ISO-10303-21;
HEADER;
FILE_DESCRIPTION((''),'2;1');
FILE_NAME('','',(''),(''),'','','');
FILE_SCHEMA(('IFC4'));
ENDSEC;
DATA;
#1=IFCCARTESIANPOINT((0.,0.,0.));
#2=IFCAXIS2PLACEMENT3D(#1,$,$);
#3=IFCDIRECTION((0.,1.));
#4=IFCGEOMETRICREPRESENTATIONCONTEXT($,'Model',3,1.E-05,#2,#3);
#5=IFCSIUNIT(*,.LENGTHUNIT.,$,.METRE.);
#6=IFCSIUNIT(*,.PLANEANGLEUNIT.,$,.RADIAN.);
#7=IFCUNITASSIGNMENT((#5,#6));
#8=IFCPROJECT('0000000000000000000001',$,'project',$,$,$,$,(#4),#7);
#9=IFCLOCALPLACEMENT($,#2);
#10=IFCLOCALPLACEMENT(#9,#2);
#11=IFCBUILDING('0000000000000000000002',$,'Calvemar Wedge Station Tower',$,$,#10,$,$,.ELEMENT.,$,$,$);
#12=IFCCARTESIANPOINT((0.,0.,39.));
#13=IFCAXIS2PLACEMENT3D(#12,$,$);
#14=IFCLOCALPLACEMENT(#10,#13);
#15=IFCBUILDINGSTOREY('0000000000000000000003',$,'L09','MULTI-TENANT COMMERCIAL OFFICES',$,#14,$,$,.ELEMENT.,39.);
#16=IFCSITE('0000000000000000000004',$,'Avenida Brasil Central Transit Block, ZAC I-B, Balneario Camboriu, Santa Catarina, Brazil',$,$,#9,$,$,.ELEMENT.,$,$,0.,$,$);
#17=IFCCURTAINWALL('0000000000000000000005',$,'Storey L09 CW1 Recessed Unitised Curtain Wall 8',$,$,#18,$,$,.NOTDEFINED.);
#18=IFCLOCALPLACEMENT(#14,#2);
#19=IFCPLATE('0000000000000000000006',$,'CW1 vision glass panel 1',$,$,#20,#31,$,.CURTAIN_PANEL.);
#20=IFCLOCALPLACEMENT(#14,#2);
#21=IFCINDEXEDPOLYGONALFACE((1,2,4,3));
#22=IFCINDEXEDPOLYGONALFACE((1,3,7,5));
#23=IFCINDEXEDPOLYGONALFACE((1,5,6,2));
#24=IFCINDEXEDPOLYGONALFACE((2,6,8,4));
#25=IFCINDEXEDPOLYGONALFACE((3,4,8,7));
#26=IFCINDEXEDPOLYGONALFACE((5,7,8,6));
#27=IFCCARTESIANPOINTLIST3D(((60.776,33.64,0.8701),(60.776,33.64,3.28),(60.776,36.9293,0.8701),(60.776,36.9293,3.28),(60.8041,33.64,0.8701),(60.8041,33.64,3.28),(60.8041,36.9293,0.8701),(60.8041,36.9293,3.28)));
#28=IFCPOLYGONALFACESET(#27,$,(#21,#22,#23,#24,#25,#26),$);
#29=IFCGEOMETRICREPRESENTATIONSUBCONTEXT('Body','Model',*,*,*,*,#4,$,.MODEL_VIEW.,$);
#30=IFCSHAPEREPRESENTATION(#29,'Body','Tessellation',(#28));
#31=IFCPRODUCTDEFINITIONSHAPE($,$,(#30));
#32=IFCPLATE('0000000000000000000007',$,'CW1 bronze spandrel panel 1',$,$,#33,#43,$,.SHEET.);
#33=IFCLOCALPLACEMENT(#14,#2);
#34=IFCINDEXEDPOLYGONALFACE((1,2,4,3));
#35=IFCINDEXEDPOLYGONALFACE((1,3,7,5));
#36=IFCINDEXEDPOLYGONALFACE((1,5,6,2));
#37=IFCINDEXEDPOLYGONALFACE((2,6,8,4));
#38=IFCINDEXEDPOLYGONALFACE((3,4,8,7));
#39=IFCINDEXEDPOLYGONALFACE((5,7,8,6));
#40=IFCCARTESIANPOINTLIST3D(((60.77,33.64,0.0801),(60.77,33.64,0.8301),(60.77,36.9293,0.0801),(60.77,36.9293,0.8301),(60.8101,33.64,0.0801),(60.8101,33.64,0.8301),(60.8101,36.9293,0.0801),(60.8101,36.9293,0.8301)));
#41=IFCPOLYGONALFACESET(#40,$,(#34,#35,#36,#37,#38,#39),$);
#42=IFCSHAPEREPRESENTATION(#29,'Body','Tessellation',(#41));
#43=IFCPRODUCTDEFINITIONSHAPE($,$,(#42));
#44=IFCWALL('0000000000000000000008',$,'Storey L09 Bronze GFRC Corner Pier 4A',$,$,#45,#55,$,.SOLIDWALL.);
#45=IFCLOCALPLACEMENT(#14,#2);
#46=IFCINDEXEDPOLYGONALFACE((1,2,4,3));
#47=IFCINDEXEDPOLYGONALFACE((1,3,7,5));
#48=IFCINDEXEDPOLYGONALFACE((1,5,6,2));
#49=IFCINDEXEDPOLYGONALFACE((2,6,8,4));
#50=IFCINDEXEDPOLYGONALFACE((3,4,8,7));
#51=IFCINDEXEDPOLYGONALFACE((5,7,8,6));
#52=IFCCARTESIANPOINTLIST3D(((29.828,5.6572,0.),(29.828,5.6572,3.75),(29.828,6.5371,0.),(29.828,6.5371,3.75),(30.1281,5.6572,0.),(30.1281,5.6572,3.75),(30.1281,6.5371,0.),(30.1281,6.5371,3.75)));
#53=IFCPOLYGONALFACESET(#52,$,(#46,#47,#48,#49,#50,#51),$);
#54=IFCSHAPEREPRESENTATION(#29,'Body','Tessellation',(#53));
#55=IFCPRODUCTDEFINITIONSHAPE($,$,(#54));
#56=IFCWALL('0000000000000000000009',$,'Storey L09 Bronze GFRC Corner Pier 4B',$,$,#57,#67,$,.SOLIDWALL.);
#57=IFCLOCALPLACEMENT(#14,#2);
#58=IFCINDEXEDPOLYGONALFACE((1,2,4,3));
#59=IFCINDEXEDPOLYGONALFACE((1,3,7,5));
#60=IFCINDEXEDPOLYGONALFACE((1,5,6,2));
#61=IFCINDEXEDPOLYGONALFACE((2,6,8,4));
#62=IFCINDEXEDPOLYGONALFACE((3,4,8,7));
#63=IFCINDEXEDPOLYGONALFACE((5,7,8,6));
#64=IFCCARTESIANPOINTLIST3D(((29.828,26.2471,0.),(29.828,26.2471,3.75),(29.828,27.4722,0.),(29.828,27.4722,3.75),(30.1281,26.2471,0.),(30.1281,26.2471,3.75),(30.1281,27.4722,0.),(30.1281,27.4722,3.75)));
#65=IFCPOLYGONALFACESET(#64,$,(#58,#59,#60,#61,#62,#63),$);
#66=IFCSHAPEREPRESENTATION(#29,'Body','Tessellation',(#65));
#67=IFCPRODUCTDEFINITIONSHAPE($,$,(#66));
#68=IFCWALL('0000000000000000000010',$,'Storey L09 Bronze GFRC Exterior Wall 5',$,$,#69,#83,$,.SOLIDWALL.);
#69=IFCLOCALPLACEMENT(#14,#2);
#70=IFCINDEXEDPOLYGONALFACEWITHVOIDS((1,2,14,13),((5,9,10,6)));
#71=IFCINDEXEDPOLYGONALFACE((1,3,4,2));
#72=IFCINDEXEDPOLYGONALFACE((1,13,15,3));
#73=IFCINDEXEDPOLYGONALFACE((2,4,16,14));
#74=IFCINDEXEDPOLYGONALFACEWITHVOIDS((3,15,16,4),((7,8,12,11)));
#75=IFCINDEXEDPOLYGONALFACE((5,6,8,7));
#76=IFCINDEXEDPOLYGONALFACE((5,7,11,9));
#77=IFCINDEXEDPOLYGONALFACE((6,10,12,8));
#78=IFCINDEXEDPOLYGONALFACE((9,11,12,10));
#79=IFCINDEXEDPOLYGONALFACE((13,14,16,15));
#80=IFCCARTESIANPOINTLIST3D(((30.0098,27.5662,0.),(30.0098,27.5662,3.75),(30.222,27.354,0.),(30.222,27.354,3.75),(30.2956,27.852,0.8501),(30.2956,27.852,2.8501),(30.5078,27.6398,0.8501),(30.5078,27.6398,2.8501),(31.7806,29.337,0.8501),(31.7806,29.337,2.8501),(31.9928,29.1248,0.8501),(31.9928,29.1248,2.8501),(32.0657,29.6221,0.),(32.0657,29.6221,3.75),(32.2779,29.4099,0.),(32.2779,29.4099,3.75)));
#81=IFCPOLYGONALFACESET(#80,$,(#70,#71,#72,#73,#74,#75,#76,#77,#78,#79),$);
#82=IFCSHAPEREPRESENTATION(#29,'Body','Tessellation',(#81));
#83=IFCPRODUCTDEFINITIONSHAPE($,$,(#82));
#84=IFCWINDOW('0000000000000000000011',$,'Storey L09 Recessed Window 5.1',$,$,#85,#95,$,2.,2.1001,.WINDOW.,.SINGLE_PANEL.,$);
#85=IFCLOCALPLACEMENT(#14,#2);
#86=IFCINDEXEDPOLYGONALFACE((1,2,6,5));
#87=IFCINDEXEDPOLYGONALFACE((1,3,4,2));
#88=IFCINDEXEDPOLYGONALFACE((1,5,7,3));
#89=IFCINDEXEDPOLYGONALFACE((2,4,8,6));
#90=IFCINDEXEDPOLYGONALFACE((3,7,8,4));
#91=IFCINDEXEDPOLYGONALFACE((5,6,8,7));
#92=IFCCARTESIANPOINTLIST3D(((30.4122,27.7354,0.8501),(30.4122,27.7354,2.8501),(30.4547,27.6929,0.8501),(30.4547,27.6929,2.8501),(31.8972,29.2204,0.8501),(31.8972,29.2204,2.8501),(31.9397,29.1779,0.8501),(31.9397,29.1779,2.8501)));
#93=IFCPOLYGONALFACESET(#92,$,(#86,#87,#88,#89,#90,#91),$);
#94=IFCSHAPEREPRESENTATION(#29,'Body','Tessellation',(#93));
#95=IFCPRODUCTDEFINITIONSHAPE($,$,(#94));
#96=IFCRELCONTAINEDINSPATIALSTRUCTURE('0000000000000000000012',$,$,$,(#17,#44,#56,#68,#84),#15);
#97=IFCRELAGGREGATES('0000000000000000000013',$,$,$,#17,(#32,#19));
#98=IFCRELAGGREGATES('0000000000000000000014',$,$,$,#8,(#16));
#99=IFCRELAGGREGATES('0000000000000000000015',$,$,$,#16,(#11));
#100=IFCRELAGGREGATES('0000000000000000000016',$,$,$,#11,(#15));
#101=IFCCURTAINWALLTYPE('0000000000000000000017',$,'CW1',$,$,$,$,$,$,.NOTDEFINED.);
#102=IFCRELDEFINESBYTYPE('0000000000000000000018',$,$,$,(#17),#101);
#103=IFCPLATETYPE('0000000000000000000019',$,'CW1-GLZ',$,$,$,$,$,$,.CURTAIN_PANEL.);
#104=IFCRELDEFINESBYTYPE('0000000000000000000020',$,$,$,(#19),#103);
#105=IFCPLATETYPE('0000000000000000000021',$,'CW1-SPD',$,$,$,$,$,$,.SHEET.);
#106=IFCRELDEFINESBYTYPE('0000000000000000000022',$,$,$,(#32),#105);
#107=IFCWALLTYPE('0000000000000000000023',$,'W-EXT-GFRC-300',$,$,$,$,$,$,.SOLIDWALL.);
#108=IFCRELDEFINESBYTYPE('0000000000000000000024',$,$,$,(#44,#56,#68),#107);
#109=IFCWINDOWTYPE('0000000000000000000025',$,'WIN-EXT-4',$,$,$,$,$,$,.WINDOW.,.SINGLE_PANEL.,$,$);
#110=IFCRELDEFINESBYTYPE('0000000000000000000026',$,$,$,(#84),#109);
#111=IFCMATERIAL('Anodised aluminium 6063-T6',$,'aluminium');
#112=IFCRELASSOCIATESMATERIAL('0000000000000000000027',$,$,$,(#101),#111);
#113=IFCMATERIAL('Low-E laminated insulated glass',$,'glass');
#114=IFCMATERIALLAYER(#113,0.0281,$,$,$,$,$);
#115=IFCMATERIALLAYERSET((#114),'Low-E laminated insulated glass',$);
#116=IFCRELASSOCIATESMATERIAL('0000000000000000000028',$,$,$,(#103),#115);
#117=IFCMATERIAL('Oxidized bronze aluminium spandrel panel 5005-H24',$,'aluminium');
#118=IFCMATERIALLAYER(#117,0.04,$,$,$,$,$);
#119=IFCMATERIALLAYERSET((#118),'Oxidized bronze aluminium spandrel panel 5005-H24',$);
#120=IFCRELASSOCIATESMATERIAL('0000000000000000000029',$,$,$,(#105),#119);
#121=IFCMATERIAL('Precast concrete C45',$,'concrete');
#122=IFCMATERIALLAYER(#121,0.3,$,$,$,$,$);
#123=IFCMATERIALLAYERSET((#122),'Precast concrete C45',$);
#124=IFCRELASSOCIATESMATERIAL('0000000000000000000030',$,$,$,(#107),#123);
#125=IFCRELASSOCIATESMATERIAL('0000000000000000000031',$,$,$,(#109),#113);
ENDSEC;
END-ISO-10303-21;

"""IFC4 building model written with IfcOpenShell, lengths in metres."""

from ifc_helpers import new_model, si_unit, direction, frame, frame_2d, origin, place, context, subcontext, project, spatial, rectangle, extrude, source, transform, mapped, material, layer, layer_set, type_object, element, fill, aggregate, save


model = new_model("IFC4")

# Units and contexts
model_context = context("Model", 3, precision=1e-05, world=origin(), true_north=direction((0.0, 1.0)))
body_context = subcontext(model_context, "Body", "Model", "MODEL_VIEW")
ifc_project = project(units=[si_unit("LENGTHUNIT", "METRE"), si_unit("PLANEANGLEUNIT", "RADIAN")], contexts=[model_context])

# Site, building, storey
site_placement = place(None, origin())
site = spatial("IfcSite", under=ifc_project, at=site_placement, Name="Avenida Brasil Central Transit Block, ZAC I-B, Balneario Camboriu, Santa Catarina, Brazil", CompositionType="ELEMENT", RefElevation=0.0)
building_placement = place(site_placement, origin())
building = spatial("IfcBuilding", under=site, at=building_placement, Name="Calvemar Wedge Station Tower", CompositionType="ELEMENT")
storey_placement = place(building_placement, frame((0.0, 0.0, 39.0)))
storey = spatial("IfcBuildingStorey", under=building, at=storey_placement, Name="L09", Description="MULTI-TENANT COMMERCIAL OFFICES", CompositionType="ELEMENT", Elevation=39.0)

# Shared definitions
ifc_material_1 = material(Name="Anodised aluminium 6063-T6", Category="aluminium")
curtain_wall_type = type_object("IfcCurtainWallType", Name="CW1", PredefinedType="NOTDEFINED", material=ifc_material_1)

# Curtain wall, plates
curtain_wall_1_placement = place(storey_placement, origin())
curtain_wall_1 = element("IfcCurtainWall", 1, at=curtain_wall_1_placement, inside=storey, type_object=curtain_wall_type, Name="Storey L09 CW1 Recessed Unitised Curtain Wall 8", PredefinedType="NOTDEFINED")
ifc_material_2 = material(Name="Low-E laminated insulated glass", Category="glass")
ifc_layer_1 = layer(ifc_material_2, 0.0281)
ifc_layer_set_1 = layer_set([ifc_layer_1], Name="Low-E laminated insulated glass")
plate_type_1 = type_object("IfcPlateType", Name="CW1-GLZ", PredefinedType="CURTAIN_PANEL", material=ifc_layer_set_1)
plate_1_placement = place(storey_placement, frame((60.79, 33.6401, 0.8701), z_axis=(0.0, 0.0, 1.0), x_axis=(0.0, 1.0, 0.0)))
plate_1 = element("IfcPlate", 2, at=plate_1_placement, type_object=plate_type_1, Name="CW1 vision glass panel 1", PredefinedType="CURTAIN_PANEL", context=body_context, shape_type="SweptSolid", body=[
    extrude(rectangle(XDim=3.2893, YDim=0.0281, at=frame_2d((1.6445, 0.0))), origin(), (0.0, 0.0, 1.0), 2.4099),
])
ifc_material_3 = material(Name="Oxidized bronze aluminium spandrel panel 5005-H24", Category="aluminium")
ifc_layer_2 = layer(ifc_material_3, 0.04)
ifc_layer_set_2 = layer_set([ifc_layer_2], Name="Oxidized bronze aluminium spandrel panel 5005-H24")
plate_type_2 = type_object("IfcPlateType", Name="CW1-SPD", PredefinedType="SHEET", material=ifc_layer_set_2)
plate_2_placement = place(storey_placement, frame((60.79, 33.6401, 0.0801), z_axis=(0.0, 0.0, 1.0), x_axis=(0.0, 1.0, 0.0)))
plate_2 = element("IfcPlate", 3, at=plate_2_placement, type_object=plate_type_2, Name="CW1 bronze spandrel panel 1", PredefinedType="SHEET", context=body_context, shape_type="SweptSolid", body=[
    extrude(rectangle(XDim=3.2893, YDim=0.04, at=frame_2d((1.6445, 0.0))), origin(), (0.0, 0.0, 1.0), 0.75),
])
aggregate(curtain_wall_1, [plate_2, plate_1])

# Walls
ifc_material_4 = material(Name="Precast concrete C45", Category="concrete")
ifc_layer_3 = layer(ifc_material_4, 0.3)
ifc_layer_set_3 = layer_set([ifc_layer_3], Name="Precast concrete C45")
wall_type_1 = type_object("IfcWallType", Name="W-EXT-GFRC-300", PredefinedType="SOLIDWALL", material=ifc_layer_set_3)
wall_1_placement = place(storey_placement, frame((29.978, 5.6572, 0.0), z_axis=(0.0, 0.0, 1.0), x_axis=(0.0, 1.0, 0.0)))
element("IfcWall", 4, at=wall_1_placement, inside=storey, type_object=wall_type_1, Name="Storey L09 Bronze GFRC Corner Pier 4A", PredefinedType="SOLIDWALL", context=body_context, shape_type="SweptSolid", body=[
    extrude(rectangle(XDim=0.8799, YDim=0.3, at=frame_2d((0.4399, 0.0))), origin(), (0.0, 0.0, 1.0), 3.75),
])
wall_2_placement = place(storey_placement, frame((29.978, 26.2471, 0.0), z_axis=(0.0, 0.0, 1.0), x_axis=(0.0, 1.0, 0.0)))
element("IfcWall", 5, at=wall_2_placement, inside=storey, type_object=wall_type_1, Name="Storey L09 Bronze GFRC Corner Pier 4B", PredefinedType="SOLIDWALL", context=body_context, shape_type="SweptSolid", body=[
    extrude(rectangle(XDim=1.2251, YDim=0.3, at=frame_2d((0.6125, 0.0))), origin(), (0.0, 0.0, 1.0), 3.75),
])

# Wall, opening, window
wall_3_placement = place(storey_placement, frame((30.116, 27.4602, 0.0), z_axis=(0.0, 0.0, 1.0), x_axis=(0.707107, 0.707107, 0.0)))
wall_3 = element("IfcWall", 6, at=wall_3_placement, inside=storey, type_object=wall_type_1, Name="Storey L09 Bronze GFRC Exterior Wall 5", PredefinedType="SOLIDWALL", context=body_context, shape_type="SweptSolid", body=[
    extrude(rectangle(XDim=2.9075, YDim=0.3, at=frame_2d((1.4536, 0.0))), origin(), (0.0, 0.0, 1.0), 3.75),
])
shared_shape_1 = source(origin(), body_context, "Body", "SweptSolid", [
    extrude(rectangle(XDim=2.1001, YDim=2.0, at=frame_2d((1.05, 1.0))), frame((0.0, 0.1602, 0.0), z_axis=(0.0, -1.0, 0.0), x_axis=(1.0, 0.0, 0.0)), (0.0, 0.0, 1.0), 0.3201),
])
opening_1_placement = place(wall_3_placement, frame((0.4041, 0.0, 0.8501)))
opening_1 = element("IfcOpeningElement", 7, at=opening_1_placement, cuts=wall_3, PredefinedType="OPENING", context=body_context, shape_type="MappedRepresentation", body=[
    mapped(shared_shape_1, transform((0.0, 0.0, 0.0), scale=1.0)),
])
window_type_1 = type_object("IfcWindowType", Name="WIN-EXT-4", PartitioningType="SINGLE_PANEL", PredefinedType="WINDOW", material=ifc_material_2)
shared_shape_2 = source(origin(), body_context, "Body", "SweptSolid", [
    extrude(rectangle(XDim=2.1001, YDim=2.0, at=frame_2d((1.05, 1.0))), frame((0.0, -0.0149, 0.0), z_axis=(0.0, -1.0, 0.0), x_axis=(1.0, 0.0, 0.0)), (0.0, 0.0, 1.0), 0.0601),
])
window_1_placement = place(opening_1_placement, origin())
window_1 = element("IfcWindow", 8, at=window_1_placement, inside=storey, type_object=window_type_1, Name="Storey L09 Recessed Window 5.1", OverallHeight=2.0, OverallWidth=2.1001, PartitioningType="SINGLE_PANEL", PredefinedType="WINDOW", context=body_context, shape_type="MappedRepresentation", body=[
    mapped(shared_shape_2, transform((0.0, 0.0, 0.0), scale=1.0)),
])
fill(opening_1, window_1)

save(model, "model.ifc")
